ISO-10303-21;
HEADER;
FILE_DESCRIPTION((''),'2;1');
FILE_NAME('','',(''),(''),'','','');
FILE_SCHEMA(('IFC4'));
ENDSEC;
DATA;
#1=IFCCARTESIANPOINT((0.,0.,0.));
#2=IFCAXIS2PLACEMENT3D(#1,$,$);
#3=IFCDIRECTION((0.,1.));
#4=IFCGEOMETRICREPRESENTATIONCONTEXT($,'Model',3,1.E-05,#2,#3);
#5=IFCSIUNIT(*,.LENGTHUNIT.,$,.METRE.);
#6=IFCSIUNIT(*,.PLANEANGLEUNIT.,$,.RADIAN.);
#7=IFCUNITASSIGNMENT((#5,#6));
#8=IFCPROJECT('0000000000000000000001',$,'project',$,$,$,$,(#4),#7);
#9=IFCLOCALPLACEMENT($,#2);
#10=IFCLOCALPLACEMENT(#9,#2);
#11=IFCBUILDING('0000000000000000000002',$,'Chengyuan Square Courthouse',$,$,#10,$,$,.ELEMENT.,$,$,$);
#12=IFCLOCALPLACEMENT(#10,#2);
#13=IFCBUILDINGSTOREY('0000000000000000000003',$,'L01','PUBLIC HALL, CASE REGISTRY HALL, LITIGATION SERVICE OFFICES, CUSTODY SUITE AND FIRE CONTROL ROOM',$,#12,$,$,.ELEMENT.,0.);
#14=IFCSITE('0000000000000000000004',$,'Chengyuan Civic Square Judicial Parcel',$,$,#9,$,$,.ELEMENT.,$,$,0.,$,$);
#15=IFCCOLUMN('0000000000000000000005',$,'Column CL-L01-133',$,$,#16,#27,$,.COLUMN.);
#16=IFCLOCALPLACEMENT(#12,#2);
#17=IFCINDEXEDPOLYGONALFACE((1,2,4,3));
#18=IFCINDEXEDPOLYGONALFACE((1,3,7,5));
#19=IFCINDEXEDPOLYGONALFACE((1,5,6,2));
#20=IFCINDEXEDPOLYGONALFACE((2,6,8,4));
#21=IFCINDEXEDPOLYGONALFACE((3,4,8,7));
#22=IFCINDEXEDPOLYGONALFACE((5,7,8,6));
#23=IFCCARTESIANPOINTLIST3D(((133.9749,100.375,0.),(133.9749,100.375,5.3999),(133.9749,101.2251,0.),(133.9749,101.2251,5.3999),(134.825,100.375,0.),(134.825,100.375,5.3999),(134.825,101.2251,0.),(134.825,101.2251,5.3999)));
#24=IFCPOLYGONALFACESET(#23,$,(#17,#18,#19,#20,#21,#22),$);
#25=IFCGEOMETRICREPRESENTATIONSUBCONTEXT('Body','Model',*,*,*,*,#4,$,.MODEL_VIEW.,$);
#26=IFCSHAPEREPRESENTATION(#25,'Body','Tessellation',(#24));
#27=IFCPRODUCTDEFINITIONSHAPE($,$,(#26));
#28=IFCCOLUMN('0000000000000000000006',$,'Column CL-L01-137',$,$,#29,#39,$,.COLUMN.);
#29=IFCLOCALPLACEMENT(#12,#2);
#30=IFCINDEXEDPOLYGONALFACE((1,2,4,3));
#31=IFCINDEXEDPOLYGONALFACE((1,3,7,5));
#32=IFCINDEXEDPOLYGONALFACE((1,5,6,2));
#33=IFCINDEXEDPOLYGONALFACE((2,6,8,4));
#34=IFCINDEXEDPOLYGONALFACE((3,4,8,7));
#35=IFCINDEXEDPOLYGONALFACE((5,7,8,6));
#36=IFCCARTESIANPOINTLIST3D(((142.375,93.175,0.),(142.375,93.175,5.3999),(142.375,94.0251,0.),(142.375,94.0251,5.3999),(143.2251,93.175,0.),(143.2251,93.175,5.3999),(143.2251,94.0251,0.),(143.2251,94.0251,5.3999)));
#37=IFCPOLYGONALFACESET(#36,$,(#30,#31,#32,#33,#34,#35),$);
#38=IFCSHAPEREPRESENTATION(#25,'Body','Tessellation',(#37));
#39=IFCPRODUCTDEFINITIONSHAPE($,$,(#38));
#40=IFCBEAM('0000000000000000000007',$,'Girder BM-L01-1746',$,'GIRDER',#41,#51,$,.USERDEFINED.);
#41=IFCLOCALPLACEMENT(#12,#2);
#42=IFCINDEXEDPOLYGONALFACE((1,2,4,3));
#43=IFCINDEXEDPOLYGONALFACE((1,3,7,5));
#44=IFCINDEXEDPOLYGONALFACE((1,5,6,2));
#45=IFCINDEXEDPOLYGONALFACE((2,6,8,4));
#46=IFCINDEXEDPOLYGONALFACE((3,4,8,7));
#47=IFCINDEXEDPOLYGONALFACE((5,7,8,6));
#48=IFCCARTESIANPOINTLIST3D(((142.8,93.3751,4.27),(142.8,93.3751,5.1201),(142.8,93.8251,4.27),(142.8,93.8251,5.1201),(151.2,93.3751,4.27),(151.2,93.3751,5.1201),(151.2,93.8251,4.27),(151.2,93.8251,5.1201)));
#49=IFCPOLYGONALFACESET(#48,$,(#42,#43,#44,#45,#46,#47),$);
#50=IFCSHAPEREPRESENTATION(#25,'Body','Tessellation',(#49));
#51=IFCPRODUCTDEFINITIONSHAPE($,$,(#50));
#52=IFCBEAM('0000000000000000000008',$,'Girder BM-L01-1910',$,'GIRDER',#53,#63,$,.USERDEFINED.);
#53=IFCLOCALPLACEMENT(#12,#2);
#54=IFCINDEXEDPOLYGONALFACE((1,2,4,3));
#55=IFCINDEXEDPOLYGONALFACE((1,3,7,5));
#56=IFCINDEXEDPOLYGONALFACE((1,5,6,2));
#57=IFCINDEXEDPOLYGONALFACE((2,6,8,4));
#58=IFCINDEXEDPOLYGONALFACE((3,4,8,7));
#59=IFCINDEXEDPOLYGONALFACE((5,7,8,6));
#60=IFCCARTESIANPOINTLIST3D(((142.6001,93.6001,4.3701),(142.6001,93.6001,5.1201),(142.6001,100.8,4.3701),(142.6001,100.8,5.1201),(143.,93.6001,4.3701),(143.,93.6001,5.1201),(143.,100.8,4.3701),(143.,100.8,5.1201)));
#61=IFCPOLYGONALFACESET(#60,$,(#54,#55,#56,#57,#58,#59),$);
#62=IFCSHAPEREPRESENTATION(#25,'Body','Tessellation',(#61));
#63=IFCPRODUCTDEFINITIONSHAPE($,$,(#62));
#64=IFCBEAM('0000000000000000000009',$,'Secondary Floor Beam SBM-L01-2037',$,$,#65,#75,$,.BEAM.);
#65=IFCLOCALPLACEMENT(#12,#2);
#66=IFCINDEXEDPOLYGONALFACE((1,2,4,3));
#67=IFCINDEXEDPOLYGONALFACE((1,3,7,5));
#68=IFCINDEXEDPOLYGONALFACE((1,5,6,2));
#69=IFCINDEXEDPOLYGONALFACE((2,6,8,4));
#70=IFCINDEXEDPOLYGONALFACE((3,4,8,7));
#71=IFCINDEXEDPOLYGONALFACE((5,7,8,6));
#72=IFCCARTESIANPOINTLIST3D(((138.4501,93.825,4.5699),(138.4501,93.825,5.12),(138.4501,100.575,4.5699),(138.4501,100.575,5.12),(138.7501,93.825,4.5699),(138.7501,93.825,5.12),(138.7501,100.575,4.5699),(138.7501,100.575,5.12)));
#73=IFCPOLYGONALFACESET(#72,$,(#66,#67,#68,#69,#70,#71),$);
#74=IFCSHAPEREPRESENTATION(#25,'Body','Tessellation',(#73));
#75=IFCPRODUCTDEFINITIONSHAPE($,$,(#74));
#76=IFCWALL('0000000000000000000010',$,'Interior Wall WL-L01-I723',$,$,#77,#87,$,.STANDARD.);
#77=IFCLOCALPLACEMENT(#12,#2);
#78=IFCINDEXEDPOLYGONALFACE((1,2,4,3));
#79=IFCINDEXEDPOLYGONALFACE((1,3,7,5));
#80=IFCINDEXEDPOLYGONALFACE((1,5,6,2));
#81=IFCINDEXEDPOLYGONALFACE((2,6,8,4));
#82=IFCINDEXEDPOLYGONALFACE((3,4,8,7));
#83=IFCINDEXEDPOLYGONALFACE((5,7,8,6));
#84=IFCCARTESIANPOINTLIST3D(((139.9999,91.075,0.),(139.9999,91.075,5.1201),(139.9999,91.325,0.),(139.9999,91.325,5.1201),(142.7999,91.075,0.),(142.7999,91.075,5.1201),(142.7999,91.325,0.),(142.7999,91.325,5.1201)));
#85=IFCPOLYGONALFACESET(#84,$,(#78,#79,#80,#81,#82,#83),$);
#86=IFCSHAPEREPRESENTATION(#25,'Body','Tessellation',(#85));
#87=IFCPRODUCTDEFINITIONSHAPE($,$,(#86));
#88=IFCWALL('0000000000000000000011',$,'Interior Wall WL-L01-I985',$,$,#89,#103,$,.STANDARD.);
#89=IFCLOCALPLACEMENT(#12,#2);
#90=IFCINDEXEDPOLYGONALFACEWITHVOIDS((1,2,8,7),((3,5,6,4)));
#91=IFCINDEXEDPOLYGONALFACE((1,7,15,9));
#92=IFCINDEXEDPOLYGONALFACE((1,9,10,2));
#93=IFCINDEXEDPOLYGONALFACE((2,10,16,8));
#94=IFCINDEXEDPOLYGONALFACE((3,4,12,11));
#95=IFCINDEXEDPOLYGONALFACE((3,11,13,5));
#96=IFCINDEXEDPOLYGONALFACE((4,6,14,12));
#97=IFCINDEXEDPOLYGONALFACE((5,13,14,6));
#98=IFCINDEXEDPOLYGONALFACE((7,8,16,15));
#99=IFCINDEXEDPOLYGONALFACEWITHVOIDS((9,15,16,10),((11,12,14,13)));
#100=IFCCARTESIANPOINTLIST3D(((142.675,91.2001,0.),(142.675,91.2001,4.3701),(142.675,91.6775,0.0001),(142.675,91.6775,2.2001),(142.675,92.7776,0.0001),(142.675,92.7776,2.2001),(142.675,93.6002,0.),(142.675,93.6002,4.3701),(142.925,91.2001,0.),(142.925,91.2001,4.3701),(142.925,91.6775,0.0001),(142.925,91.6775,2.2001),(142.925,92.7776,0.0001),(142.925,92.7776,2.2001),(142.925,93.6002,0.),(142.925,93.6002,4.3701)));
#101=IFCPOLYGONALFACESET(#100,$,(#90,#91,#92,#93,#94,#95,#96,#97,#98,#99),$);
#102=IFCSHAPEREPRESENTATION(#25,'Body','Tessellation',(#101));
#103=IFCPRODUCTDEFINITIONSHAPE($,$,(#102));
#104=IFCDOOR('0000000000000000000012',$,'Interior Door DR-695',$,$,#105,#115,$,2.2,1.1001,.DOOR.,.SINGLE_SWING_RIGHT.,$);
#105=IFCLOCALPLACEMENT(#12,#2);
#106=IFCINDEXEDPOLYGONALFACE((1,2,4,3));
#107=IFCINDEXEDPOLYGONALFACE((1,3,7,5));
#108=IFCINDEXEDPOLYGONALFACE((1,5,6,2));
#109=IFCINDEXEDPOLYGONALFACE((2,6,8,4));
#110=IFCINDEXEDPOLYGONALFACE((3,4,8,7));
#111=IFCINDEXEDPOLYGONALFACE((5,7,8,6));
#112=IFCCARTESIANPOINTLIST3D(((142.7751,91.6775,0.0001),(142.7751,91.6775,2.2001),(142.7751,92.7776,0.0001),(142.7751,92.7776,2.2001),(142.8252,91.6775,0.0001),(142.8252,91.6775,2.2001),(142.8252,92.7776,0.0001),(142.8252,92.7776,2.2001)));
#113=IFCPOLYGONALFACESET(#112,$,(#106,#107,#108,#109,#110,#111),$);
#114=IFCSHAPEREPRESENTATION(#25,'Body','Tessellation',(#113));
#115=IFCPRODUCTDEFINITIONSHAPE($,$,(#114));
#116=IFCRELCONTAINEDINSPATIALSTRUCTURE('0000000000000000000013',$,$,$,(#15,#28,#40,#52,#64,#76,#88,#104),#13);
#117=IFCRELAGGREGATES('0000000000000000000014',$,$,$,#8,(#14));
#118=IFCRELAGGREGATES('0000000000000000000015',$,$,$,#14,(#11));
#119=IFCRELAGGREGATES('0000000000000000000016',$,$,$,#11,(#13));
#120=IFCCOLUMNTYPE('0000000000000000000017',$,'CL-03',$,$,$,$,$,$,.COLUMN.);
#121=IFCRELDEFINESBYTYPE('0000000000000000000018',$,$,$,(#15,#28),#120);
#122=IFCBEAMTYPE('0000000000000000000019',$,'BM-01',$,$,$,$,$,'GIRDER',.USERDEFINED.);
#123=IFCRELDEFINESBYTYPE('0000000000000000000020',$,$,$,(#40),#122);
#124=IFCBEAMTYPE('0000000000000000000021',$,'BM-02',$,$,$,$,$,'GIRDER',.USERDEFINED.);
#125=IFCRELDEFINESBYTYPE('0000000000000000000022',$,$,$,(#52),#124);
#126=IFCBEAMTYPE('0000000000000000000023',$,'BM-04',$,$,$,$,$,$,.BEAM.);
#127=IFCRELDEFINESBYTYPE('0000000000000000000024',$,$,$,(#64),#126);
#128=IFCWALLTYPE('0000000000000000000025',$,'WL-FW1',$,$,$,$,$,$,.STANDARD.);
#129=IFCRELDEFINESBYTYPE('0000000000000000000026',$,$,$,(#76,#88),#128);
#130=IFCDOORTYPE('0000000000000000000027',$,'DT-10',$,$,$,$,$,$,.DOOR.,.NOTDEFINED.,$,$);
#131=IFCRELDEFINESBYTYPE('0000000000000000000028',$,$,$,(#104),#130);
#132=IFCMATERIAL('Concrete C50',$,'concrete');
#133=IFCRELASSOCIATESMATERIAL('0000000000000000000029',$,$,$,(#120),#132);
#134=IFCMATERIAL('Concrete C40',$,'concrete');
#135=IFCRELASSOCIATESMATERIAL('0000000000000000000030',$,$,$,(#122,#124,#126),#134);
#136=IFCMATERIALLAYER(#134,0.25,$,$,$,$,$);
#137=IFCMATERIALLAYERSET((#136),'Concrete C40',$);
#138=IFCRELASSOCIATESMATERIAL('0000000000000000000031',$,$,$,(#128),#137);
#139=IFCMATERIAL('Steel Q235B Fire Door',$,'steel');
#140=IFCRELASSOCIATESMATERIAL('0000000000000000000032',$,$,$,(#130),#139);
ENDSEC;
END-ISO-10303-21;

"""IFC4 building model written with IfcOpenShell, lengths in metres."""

from ifc_helpers import new_model, si_unit, direction, frame, frame_2d, origin, origin_2d, place, context, subcontext, project, spatial, rectangle, extrude, material, layer, layer_set, material_profile, profile_set, type_object, element, fill, save


model = new_model("IFC4")

# Units and contexts
model_context = context("Model", 3, precision=1e-05, world=origin(), true_north=direction((0.0, 1.0)))
body_context = subcontext(model_context, "Body", "Model", "MODEL_VIEW")
ifc_project = project(units=[si_unit("LENGTHUNIT", "METRE"), si_unit("PLANEANGLEUNIT", "RADIAN")], contexts=[model_context])

# Site, building, storey
site_placement = place(None, origin())
site = spatial("IfcSite", under=ifc_project, at=site_placement, Name="Chengyuan Civic Square Judicial Parcel", CompositionType="ELEMENT", RefElevation=0.0)
building_placement = place(site_placement, origin())
building = spatial("IfcBuilding", under=site, at=building_placement, Name="Chengyuan Square Courthouse", CompositionType="ELEMENT")
storey_placement = place(building_placement, origin())
storey = spatial("IfcBuildingStorey", under=building, at=storey_placement, Name="L01", Description="PUBLIC HALL, CASE REGISTRY HALL, LITIGATION SERVICE OFFICES, CUSTODY SUITE AND FIRE CONTROL ROOM", CompositionType="ELEMENT", Elevation=0.0)

# Columns
ifc_material_1 = material(Name="Concrete C50", Category="concrete")
ifc_material_profile_1 = material_profile(ifc_material_1, rectangle(XDim=0.8501, YDim=0.8501, at=origin_2d()), Name="RC-COL-850x850")
ifc_profile_set_1 = profile_set([ifc_material_profile_1], Name="Concrete C50")
column_type = type_object("IfcColumnType", Name="CL-03", PredefinedType="COLUMN", material=ifc_profile_set_1)
for number, where, z_axis, x_axis, name in (
    (1, (134.3999, 100.8, 0.0), (0.0, 0.0, 1.0), (1.0, 0.0, 0.0), "Column CL-L01-133"),
    (2, (142.8, 93.6001, 0.0), (0.0, 0.0, 1.0), (1.0, 0.0, 0.0), "Column CL-L01-137"),
):
    element("IfcColumn", number, at=place(storey_placement, frame(where, z_axis=z_axis, x_axis=x_axis)), inside=storey, type_object=column_type, Name=name, PredefinedType="COLUMN", context=body_context, shape_type="SweptSolid", body=[
        extrude(rectangle(XDim=0.8501, YDim=0.8501, at=origin_2d()), origin(), (0.0, 0.0, 1.0), 5.3999),
    ])

# Beams
ifc_material_2 = material(Name="Concrete C40", Category="concrete")
ifc_material_profile_2 = material_profile(ifc_material_2, rectangle(XDim=0.45, YDim=0.8501, at=origin_2d()), Name="RC-BM-450x850")
ifc_profile_set_2 = profile_set([ifc_material_profile_2], Name="Concrete C40")
beam_type_1 = type_object("IfcBeamType", Name="BM-01", ElementType="GIRDER", PredefinedType="USERDEFINED", material=ifc_profile_set_2)
beam_1_placement = place(storey_placement, frame((142.8, 93.6001, 4.6951), z_axis=(1.0, 0.0, 0.0), x_axis=(0.0, 1.0, 0.0)))
element("IfcBeam", 3, at=beam_1_placement, inside=storey, type_object=beam_type_1, Name="Girder BM-L01-1746", ObjectType="GIRDER", PredefinedType="USERDEFINED", context=body_context, shape_type="SweptSolid", body=[
    extrude(rectangle(XDim=0.45, YDim=0.8501, at=origin_2d()), origin(), (0.0, 0.0, 1.0), 8.3999),
])
ifc_material_profile_3 = material_profile(ifc_material_2, rectangle(XDim=0.3999, YDim=0.75, at=origin_2d()), Name="RC-BM-400x750")
ifc_profile_set_3 = profile_set([ifc_material_profile_3], Name="Concrete C40")
beam_type_2 = type_object("IfcBeamType", Name="BM-02", ElementType="GIRDER", PredefinedType="USERDEFINED", material=ifc_profile_set_3)
beam_2_placement = place(storey_placement, frame((142.8, 93.6001, 4.7451), z_axis=(0.0, 1.0, 0.0), x_axis=(-1.0, 0.0, 0.0)))
element("IfcBeam", 4, at=beam_2_placement, inside=storey, type_object=beam_type_2, Name="Girder BM-L01-1910", ObjectType="GIRDER", PredefinedType="USERDEFINED", context=body_context, shape_type="SweptSolid", body=[
    extrude(rectangle(XDim=0.3999, YDim=0.75, at=origin_2d()), origin(), (0.0, 0.0, 1.0), 7.2),
])
ifc_material_profile_4 = material_profile(ifc_material_2, rectangle(XDim=0.3, YDim=0.55, at=origin_2d()), Name="RC-BM-300x550")
ifc_profile_set_4 = profile_set([ifc_material_profile_4], Name="Concrete C40")
beam_type_3 = type_object("IfcBeamType", Name="BM-04", PredefinedType="BEAM", material=ifc_profile_set_4)
beam_3_placement = place(storey_placement, frame((138.6001, 93.825, 4.845), z_axis=(0.0, 1.0, 0.0), x_axis=(-1.0, 0.0, 0.0)))
element("IfcBeam", 5, at=beam_3_placement, inside=storey, type_object=beam_type_3, Name="Secondary Floor Beam SBM-L01-2037", PredefinedType="BEAM", context=body_context, shape_type="SweptSolid", body=[
    extrude(rectangle(XDim=0.3, YDim=0.55, at=origin_2d()), origin(), (0.0, 0.0, 1.0), 6.75),
])

# Wall
ifc_layer_1 = layer(ifc_material_2, 0.25)
ifc_layer_set_1 = layer_set([ifc_layer_1], Name="Concrete C40")
wall_type_1 = type_object("IfcWallType", Name="WL-FW1", PredefinedType="STANDARD", material=ifc_layer_set_1)
wall_1_placement = place(storey_placement, frame((140.0, 91.2, 0.0), z_axis=(0.0, 0.0, 1.0), x_axis=(1.0, 0.0, 0.0)))
element("IfcWall", 6, at=wall_1_placement, inside=storey, type_object=wall_type_1, Name="Interior Wall WL-L01-I723", PredefinedType="STANDARD", context=body_context, shape_type="SweptSolid", body=[
    extrude(rectangle(XDim=2.8, YDim=0.25, at=frame_2d((1.3999, 0.0))), origin(), (0.0, 0.0, 1.0), 5.1201),
])

# Wall, opening, door
wall_2_placement = place(storey_placement, frame((142.8, 91.2, 0.0), z_axis=(0.0, 0.0, 1.0), x_axis=(0.0, 1.0, 0.0)))
wall_2 = element("IfcWall", 7, at=wall_2_placement, inside=storey, type_object=wall_type_1, Name="Interior Wall WL-L01-I985", PredefinedType="STANDARD", context=body_context, shape_type="SweptSolid", body=[
    extrude(rectangle(XDim=2.4001, YDim=0.25, at=frame_2d((1.2002, 0.0))), origin(), (0.0, 0.0, 1.0), 4.3701),
])
opening_1_placement = place(wall_2_placement, frame((0.4775, 0.0, 0.0)))
opening_1 = element("IfcOpeningElement", 8, at=opening_1_placement, cuts=wall_2, PredefinedType="OPENING", context=body_context, shape_type="SweptSolid", body=[
    extrude(rectangle(XDim=1.1001, YDim=2.2, at=frame_2d((0.55, 1.1001))), frame((0.0, 0.137, 0.0), z_axis=(0.0, -1.0, 0.0), x_axis=(1.0, 0.0, 0.0)), (0.0, 0.0, 1.0), 0.2739),
])
ifc_material_3 = material(Name="Steel Q235B Fire Door", Category="steel")
door_type_1 = type_object("IfcDoorType", Name="DT-10", OperationType="NOTDEFINED", PredefinedType="DOOR", material=ifc_material_3)
door_1_placement = place(opening_1_placement, origin())
door_1 = element("IfcDoor", 9, at=door_1_placement, inside=storey, type_object=door_type_1, Name="Interior Door DR-695", OperationType="SINGLE_SWING_RIGHT", OverallHeight=2.2, OverallWidth=1.1001, PredefinedType="DOOR", context=body_context, shape_type="SweptSolid", body=[
    extrude(rectangle(XDim=1.1001, YDim=2.2, at=frame_2d((0.55, 1.1001))), frame((0.0, 0.0249, 0.0), z_axis=(0.0, -1.0, 0.0), x_axis=(1.0, 0.0, 0.0)), (0.0, 0.0, 1.0), 0.05),
])
fill(opening_1, door_1)

save(model, "model.ifc")
